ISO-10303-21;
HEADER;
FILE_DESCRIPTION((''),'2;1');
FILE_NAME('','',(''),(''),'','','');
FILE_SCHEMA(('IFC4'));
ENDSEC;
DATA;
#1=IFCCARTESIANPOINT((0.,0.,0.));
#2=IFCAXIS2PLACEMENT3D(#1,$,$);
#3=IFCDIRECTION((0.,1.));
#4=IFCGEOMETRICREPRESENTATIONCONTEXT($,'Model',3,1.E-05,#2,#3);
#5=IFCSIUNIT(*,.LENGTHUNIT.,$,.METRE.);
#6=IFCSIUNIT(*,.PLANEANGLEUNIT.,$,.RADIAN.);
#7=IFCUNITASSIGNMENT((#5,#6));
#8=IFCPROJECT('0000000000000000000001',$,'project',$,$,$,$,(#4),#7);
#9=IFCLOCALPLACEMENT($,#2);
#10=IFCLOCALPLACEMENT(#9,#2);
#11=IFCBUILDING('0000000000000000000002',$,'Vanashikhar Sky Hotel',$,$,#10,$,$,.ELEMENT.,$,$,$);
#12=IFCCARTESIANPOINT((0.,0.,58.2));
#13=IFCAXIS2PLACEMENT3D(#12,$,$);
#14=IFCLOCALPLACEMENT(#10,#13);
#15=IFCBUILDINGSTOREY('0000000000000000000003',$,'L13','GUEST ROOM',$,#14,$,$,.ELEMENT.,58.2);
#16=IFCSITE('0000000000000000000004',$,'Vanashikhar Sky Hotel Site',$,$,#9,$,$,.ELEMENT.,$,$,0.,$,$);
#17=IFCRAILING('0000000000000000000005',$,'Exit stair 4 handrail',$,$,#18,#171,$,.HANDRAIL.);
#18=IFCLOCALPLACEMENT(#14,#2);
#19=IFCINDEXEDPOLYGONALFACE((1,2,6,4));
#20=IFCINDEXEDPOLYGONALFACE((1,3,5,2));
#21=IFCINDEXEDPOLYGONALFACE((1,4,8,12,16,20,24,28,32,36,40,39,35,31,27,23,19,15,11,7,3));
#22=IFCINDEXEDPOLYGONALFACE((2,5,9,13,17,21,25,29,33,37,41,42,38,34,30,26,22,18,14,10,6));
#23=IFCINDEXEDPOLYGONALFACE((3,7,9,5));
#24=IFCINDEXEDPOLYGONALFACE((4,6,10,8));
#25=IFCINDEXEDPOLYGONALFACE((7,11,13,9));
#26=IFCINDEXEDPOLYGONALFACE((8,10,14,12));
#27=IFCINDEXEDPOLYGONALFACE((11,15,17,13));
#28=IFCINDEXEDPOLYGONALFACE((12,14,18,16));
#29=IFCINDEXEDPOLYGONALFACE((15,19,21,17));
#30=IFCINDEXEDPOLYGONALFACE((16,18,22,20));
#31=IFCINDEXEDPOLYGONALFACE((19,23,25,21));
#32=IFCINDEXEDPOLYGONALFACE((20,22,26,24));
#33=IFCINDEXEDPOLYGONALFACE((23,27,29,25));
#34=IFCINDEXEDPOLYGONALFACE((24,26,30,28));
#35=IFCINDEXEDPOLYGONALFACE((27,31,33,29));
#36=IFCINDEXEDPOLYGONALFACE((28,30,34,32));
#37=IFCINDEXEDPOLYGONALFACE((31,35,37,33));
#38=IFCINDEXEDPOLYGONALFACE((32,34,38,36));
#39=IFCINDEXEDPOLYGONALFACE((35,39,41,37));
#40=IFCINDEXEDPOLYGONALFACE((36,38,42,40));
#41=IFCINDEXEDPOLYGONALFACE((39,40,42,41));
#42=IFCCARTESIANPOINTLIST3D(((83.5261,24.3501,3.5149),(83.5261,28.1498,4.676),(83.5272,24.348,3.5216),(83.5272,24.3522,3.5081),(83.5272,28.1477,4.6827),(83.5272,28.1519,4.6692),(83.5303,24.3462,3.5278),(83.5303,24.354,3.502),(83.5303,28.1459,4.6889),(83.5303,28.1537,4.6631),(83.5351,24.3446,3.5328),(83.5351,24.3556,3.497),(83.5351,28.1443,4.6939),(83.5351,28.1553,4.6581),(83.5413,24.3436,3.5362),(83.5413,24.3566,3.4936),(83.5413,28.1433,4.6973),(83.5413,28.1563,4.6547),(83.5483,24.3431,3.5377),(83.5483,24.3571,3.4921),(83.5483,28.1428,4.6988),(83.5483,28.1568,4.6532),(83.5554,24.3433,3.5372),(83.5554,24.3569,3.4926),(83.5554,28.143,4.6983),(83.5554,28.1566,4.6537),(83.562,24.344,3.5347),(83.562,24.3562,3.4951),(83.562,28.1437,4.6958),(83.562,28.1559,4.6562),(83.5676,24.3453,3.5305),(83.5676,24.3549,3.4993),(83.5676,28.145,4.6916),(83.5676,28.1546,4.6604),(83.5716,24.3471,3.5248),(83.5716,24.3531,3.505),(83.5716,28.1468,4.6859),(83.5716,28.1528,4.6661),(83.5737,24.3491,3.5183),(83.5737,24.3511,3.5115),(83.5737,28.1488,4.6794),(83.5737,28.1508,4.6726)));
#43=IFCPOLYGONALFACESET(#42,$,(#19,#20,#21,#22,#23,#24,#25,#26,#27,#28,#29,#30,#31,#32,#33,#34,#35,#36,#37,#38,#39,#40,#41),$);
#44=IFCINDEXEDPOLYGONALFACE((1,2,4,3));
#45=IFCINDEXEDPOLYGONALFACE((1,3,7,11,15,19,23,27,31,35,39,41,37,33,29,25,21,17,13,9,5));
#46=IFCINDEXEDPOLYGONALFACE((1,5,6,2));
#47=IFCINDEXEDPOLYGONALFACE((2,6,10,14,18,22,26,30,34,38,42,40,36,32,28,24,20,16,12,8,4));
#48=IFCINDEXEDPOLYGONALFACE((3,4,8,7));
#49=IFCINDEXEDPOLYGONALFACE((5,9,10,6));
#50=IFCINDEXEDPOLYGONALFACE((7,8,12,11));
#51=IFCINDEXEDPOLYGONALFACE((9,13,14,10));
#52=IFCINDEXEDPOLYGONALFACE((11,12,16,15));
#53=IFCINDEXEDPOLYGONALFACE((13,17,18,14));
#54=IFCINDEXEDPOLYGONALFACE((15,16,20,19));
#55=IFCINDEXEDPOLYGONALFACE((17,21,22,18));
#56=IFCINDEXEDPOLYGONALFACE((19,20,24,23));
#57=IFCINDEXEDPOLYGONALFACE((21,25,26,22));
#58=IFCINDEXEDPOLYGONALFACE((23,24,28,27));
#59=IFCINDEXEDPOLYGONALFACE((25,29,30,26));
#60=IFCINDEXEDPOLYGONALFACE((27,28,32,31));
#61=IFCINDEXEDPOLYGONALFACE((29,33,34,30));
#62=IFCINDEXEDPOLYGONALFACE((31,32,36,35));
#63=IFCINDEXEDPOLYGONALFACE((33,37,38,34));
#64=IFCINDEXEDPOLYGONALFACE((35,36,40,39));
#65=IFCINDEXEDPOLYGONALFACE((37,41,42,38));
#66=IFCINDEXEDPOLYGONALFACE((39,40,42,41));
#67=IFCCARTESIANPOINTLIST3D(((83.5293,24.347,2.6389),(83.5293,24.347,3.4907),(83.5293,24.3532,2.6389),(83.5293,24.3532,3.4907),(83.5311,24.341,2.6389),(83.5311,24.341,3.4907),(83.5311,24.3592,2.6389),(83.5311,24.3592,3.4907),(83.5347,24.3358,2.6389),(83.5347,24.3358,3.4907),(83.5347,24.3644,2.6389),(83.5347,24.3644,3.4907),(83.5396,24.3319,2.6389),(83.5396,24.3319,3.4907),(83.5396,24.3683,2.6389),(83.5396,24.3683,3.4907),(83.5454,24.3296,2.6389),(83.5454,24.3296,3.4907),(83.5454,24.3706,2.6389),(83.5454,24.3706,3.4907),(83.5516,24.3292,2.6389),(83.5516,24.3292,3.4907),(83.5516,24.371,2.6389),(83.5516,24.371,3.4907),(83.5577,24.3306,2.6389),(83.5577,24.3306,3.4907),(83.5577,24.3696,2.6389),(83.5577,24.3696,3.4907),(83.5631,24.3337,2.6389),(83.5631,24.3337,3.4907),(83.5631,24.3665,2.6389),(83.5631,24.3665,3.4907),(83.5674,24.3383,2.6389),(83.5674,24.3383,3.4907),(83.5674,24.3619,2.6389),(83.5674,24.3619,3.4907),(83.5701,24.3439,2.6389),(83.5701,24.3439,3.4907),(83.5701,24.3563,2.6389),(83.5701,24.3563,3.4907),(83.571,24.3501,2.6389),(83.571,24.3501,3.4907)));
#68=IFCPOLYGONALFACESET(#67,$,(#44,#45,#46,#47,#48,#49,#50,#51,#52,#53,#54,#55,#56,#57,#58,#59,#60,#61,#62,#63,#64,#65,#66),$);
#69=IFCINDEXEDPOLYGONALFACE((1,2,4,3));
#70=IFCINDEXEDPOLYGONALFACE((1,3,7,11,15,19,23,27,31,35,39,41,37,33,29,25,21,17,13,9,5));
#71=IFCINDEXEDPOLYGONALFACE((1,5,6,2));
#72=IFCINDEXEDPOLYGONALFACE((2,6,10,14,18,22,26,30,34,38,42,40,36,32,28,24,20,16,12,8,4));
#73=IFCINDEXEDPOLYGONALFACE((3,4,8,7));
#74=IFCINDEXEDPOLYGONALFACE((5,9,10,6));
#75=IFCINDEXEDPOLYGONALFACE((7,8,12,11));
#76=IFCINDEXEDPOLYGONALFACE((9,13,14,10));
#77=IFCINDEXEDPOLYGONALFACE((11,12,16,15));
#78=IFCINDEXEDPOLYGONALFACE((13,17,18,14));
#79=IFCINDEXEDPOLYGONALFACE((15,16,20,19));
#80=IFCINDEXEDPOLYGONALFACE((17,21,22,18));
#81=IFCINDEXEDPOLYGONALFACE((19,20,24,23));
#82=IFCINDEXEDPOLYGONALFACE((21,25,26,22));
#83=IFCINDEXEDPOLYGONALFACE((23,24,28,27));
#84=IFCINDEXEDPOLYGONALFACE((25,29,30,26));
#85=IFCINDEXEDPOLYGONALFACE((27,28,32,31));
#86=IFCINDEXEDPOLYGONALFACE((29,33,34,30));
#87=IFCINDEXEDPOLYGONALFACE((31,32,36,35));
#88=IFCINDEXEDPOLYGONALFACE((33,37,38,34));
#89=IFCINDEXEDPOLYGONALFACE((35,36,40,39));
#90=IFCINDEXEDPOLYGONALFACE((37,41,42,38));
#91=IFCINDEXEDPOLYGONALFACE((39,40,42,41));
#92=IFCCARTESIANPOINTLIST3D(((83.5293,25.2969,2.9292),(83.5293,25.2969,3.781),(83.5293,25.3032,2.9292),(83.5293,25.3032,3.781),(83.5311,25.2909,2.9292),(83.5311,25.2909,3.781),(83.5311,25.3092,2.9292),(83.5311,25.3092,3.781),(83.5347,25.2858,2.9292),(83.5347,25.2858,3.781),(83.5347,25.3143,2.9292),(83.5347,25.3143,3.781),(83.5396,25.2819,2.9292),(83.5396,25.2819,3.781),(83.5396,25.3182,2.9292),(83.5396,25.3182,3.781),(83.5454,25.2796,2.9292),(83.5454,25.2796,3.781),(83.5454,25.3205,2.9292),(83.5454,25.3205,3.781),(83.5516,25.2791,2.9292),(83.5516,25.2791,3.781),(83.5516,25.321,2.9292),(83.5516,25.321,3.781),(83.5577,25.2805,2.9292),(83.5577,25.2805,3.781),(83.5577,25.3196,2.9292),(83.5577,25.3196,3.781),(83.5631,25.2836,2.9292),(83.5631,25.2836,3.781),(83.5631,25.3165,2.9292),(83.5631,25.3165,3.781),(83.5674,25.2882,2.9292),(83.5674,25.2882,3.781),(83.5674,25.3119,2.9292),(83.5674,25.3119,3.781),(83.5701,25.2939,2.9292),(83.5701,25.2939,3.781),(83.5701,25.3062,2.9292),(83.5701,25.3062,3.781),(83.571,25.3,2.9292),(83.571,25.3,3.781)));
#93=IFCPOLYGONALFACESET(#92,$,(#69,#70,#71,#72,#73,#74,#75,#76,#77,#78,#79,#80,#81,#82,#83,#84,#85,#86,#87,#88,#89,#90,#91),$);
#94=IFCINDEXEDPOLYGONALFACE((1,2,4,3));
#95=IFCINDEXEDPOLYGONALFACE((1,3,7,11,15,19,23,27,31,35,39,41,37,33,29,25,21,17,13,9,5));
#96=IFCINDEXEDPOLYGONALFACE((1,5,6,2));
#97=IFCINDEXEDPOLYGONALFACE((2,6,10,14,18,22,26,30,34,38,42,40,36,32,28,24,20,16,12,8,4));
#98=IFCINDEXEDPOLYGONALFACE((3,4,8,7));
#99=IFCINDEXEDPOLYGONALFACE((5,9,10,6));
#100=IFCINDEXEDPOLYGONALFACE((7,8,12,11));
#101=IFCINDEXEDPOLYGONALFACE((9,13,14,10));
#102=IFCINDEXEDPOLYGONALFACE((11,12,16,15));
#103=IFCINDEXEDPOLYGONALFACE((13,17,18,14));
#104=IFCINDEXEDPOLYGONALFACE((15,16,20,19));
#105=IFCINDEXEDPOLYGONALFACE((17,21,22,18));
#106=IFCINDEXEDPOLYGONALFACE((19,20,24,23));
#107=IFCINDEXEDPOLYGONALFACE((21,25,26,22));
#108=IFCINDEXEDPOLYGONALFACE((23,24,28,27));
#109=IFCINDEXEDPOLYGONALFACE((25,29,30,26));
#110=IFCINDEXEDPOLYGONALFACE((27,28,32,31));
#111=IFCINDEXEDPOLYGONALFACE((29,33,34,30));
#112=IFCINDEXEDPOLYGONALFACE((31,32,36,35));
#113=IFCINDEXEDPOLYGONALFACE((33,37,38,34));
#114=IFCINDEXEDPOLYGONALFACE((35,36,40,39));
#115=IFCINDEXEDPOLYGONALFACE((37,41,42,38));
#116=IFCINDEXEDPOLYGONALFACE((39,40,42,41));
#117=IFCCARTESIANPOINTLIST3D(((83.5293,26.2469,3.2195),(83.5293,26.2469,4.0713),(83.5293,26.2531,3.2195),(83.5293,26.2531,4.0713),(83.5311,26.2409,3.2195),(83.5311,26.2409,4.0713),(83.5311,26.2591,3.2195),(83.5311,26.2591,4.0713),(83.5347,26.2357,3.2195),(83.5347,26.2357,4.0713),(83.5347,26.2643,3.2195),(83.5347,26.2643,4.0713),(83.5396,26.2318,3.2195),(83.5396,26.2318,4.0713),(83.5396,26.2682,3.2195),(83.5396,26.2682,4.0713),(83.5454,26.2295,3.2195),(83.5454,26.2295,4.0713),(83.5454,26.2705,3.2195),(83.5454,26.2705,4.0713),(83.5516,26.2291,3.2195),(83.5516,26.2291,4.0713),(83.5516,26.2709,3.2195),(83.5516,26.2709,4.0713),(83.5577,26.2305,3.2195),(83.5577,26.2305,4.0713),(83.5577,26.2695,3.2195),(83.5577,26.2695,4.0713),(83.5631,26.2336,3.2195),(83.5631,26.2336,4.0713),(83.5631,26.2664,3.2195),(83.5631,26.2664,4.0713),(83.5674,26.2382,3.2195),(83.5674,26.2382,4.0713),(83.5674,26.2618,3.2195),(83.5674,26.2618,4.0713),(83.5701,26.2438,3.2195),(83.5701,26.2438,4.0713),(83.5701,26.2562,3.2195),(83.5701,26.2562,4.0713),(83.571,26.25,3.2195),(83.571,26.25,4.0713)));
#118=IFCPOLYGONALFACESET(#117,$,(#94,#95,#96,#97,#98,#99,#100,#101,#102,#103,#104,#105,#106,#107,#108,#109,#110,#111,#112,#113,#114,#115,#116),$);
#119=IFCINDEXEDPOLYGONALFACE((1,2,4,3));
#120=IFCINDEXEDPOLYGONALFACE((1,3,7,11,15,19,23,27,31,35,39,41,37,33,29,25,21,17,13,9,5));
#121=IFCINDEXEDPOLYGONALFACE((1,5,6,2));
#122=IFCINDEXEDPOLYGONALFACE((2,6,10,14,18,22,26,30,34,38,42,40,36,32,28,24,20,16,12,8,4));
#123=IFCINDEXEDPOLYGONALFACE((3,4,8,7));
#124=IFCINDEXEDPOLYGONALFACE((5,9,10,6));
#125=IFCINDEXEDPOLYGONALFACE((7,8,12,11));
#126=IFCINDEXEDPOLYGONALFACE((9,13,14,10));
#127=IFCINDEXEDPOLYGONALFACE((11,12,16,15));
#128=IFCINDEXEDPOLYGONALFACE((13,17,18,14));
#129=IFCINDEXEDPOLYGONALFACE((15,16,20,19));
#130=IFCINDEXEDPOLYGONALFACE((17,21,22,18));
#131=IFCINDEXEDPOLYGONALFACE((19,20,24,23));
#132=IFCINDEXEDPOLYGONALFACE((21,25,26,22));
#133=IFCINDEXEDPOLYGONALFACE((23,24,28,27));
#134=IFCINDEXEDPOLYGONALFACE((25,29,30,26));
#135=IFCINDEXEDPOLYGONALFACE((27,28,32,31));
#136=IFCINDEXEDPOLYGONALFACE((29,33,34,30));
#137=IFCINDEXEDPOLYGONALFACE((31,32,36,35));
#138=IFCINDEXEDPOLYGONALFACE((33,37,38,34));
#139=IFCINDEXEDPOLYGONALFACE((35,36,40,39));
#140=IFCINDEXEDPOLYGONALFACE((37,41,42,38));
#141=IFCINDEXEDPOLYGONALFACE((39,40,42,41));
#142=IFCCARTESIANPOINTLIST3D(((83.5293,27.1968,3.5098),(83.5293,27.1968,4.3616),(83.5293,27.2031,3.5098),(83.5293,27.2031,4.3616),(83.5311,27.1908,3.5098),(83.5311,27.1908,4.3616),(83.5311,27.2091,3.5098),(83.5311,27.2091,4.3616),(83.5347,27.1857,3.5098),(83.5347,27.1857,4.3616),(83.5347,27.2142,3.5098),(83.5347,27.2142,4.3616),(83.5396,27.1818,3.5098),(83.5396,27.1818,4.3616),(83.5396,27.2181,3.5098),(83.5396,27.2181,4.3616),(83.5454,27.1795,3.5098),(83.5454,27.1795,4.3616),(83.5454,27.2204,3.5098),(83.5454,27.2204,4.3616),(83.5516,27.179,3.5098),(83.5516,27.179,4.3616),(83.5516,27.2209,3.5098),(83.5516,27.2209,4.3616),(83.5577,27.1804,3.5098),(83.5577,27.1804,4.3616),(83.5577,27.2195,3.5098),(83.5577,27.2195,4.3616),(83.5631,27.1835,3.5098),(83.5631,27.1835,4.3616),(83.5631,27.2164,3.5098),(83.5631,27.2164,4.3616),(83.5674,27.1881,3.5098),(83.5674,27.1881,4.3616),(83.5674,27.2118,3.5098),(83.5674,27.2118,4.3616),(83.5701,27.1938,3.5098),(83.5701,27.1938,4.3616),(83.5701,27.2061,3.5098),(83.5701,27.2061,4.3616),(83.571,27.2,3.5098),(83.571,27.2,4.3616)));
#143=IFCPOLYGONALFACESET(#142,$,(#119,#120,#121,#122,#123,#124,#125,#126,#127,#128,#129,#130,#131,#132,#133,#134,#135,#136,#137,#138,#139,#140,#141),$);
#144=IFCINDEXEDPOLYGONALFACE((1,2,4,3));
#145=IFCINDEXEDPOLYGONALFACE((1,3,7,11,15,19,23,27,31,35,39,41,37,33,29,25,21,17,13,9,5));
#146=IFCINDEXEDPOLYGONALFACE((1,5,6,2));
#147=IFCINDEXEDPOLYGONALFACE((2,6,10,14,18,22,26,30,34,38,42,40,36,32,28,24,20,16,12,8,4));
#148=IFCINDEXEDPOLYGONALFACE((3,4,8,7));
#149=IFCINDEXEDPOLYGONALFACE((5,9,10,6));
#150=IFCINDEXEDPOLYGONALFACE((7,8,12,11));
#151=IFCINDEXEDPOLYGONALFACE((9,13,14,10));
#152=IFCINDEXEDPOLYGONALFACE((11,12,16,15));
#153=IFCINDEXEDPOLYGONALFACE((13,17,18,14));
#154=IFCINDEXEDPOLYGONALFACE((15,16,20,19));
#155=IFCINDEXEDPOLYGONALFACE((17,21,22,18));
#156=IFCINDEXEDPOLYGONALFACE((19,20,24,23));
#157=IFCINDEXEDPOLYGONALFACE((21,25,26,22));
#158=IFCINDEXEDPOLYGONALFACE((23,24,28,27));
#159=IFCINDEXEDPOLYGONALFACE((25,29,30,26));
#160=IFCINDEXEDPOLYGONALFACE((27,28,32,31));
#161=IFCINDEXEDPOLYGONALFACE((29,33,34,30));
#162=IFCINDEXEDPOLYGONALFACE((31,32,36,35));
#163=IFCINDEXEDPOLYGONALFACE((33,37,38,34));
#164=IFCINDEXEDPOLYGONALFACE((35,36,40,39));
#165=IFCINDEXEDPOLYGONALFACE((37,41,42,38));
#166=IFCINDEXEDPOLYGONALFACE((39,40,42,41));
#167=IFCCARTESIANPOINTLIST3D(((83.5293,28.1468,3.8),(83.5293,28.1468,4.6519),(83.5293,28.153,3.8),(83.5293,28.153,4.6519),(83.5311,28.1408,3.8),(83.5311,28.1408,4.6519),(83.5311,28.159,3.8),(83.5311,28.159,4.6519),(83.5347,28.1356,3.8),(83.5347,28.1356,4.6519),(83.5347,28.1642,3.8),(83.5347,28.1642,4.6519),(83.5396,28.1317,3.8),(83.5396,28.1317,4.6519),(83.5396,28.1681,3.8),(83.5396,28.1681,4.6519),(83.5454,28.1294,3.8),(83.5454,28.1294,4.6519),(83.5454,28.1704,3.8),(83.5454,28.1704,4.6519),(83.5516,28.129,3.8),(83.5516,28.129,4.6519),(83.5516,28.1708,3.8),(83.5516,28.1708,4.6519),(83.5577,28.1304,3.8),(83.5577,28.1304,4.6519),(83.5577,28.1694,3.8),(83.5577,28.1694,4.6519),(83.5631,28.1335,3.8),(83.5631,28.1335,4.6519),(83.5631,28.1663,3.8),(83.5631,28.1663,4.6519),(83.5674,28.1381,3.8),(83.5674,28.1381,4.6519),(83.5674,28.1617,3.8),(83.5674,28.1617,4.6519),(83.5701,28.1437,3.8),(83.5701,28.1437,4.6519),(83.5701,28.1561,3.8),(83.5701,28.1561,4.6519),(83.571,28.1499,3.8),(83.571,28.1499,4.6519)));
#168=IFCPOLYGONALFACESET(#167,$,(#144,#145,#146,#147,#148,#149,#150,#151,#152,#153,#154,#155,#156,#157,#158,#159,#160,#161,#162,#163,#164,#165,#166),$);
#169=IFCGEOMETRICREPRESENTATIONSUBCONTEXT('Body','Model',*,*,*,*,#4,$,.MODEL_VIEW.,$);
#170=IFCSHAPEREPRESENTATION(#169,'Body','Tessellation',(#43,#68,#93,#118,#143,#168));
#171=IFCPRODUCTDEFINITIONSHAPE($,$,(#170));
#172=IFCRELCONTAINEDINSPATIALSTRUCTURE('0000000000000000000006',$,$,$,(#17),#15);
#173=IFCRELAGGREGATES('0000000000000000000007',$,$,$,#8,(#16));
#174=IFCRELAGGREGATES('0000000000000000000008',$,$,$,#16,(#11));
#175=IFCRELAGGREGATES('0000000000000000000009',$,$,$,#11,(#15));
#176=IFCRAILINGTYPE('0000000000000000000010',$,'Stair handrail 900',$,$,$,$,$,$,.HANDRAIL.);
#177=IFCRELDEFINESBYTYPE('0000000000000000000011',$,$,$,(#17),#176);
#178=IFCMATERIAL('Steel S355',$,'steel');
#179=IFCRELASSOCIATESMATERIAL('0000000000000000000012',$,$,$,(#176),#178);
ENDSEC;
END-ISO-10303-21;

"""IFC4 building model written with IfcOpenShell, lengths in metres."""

from ifc_helpers import new_model, si_unit, direction, frame, origin, origin_2d, place, context, subcontext, project, spatial, circle, extrude, source, transform, mapped, material, type_object, element, save


model = new_model("IFC4")

# Units and contexts
model_context = context("Model", 3, precision=1e-05, world=origin(), true_north=direction((0.0, 1.0)))
body_context = subcontext(model_context, "Body", "Model", "MODEL_VIEW")
ifc_project = project(units=[si_unit("LENGTHUNIT", "METRE"), si_unit("PLANEANGLEUNIT", "RADIAN")], contexts=[model_context])

# Site, building, storey
site_placement = place(None, origin())
site = spatial("IfcSite", under=ifc_project, at=site_placement, Name="Vanashikhar Sky Hotel Site", CompositionType="ELEMENT", RefElevation=0.0)
building_placement = place(site_placement, origin())
building = spatial("IfcBuilding", under=site, at=building_placement, Name="Vanashikhar Sky Hotel", CompositionType="ELEMENT")
storey_placement = place(building_placement, frame((0.0, 0.0, 58.2)))
storey = spatial("IfcBuildingStorey", under=building, at=storey_placement, Name="L13", Description="GUEST ROOM", CompositionType="ELEMENT", Elevation=58.2)

# Railing
ifc_material_1 = material(Name="Steel S355", Category="steel")
railing_type_1 = type_object("IfcRailingType", Name="Stair handrail 900", PredefinedType="HANDRAIL", material=ifc_material_1)
shared_shape_1 = source(origin(), body_context, "Body", "SweptSolid", [
    extrude(circle(Radius=0.0239, at=origin_2d()), frame((0.0, 0.0, 0.876), z_axis=(0.0, 0.956346, 0.292237), x_axis=(-1.0, 0.0, 0.0)), (0.0, 0.0, 1.0), 3.9731),
    extrude(circle(Radius=0.021, at=origin_2d()), origin(), (0.0, 0.0, 1.0), 0.8518),
    extrude(circle(Radius=0.021, at=origin_2d()), frame((0.0, 0.95, 0.2903)), (0.0, 0.0, 1.0), 0.8518),
    extrude(circle(Radius=0.021, at=origin_2d()), frame((0.0, 1.8999, 0.5806)), (0.0, 0.0, 1.0), 0.8518),
    extrude(circle(Radius=0.021, at=origin_2d()), frame((0.0, 2.8499, 0.8708)), (0.0, 0.0, 1.0), 0.8518),
    extrude(circle(Radius=0.021, at=origin_2d()), frame((0.0, 3.7998, 1.1611)), (0.0, 0.0, 1.0), 0.8518),
])
railing_1_placement = place(storey_placement, frame((83.55, 24.3501, 2.6389)))
element("IfcRailing", 1, at=railing_1_placement, inside=storey, type_object=railing_type_1, Name="Exit stair 4 handrail", PredefinedType="HANDRAIL", context=body_context, shape_type="MappedRepresentation", body=[
    mapped(shared_shape_1, transform((0.0, 0.0, 0.0), scale=1.0)),
])

save(model, "model.ifc")
